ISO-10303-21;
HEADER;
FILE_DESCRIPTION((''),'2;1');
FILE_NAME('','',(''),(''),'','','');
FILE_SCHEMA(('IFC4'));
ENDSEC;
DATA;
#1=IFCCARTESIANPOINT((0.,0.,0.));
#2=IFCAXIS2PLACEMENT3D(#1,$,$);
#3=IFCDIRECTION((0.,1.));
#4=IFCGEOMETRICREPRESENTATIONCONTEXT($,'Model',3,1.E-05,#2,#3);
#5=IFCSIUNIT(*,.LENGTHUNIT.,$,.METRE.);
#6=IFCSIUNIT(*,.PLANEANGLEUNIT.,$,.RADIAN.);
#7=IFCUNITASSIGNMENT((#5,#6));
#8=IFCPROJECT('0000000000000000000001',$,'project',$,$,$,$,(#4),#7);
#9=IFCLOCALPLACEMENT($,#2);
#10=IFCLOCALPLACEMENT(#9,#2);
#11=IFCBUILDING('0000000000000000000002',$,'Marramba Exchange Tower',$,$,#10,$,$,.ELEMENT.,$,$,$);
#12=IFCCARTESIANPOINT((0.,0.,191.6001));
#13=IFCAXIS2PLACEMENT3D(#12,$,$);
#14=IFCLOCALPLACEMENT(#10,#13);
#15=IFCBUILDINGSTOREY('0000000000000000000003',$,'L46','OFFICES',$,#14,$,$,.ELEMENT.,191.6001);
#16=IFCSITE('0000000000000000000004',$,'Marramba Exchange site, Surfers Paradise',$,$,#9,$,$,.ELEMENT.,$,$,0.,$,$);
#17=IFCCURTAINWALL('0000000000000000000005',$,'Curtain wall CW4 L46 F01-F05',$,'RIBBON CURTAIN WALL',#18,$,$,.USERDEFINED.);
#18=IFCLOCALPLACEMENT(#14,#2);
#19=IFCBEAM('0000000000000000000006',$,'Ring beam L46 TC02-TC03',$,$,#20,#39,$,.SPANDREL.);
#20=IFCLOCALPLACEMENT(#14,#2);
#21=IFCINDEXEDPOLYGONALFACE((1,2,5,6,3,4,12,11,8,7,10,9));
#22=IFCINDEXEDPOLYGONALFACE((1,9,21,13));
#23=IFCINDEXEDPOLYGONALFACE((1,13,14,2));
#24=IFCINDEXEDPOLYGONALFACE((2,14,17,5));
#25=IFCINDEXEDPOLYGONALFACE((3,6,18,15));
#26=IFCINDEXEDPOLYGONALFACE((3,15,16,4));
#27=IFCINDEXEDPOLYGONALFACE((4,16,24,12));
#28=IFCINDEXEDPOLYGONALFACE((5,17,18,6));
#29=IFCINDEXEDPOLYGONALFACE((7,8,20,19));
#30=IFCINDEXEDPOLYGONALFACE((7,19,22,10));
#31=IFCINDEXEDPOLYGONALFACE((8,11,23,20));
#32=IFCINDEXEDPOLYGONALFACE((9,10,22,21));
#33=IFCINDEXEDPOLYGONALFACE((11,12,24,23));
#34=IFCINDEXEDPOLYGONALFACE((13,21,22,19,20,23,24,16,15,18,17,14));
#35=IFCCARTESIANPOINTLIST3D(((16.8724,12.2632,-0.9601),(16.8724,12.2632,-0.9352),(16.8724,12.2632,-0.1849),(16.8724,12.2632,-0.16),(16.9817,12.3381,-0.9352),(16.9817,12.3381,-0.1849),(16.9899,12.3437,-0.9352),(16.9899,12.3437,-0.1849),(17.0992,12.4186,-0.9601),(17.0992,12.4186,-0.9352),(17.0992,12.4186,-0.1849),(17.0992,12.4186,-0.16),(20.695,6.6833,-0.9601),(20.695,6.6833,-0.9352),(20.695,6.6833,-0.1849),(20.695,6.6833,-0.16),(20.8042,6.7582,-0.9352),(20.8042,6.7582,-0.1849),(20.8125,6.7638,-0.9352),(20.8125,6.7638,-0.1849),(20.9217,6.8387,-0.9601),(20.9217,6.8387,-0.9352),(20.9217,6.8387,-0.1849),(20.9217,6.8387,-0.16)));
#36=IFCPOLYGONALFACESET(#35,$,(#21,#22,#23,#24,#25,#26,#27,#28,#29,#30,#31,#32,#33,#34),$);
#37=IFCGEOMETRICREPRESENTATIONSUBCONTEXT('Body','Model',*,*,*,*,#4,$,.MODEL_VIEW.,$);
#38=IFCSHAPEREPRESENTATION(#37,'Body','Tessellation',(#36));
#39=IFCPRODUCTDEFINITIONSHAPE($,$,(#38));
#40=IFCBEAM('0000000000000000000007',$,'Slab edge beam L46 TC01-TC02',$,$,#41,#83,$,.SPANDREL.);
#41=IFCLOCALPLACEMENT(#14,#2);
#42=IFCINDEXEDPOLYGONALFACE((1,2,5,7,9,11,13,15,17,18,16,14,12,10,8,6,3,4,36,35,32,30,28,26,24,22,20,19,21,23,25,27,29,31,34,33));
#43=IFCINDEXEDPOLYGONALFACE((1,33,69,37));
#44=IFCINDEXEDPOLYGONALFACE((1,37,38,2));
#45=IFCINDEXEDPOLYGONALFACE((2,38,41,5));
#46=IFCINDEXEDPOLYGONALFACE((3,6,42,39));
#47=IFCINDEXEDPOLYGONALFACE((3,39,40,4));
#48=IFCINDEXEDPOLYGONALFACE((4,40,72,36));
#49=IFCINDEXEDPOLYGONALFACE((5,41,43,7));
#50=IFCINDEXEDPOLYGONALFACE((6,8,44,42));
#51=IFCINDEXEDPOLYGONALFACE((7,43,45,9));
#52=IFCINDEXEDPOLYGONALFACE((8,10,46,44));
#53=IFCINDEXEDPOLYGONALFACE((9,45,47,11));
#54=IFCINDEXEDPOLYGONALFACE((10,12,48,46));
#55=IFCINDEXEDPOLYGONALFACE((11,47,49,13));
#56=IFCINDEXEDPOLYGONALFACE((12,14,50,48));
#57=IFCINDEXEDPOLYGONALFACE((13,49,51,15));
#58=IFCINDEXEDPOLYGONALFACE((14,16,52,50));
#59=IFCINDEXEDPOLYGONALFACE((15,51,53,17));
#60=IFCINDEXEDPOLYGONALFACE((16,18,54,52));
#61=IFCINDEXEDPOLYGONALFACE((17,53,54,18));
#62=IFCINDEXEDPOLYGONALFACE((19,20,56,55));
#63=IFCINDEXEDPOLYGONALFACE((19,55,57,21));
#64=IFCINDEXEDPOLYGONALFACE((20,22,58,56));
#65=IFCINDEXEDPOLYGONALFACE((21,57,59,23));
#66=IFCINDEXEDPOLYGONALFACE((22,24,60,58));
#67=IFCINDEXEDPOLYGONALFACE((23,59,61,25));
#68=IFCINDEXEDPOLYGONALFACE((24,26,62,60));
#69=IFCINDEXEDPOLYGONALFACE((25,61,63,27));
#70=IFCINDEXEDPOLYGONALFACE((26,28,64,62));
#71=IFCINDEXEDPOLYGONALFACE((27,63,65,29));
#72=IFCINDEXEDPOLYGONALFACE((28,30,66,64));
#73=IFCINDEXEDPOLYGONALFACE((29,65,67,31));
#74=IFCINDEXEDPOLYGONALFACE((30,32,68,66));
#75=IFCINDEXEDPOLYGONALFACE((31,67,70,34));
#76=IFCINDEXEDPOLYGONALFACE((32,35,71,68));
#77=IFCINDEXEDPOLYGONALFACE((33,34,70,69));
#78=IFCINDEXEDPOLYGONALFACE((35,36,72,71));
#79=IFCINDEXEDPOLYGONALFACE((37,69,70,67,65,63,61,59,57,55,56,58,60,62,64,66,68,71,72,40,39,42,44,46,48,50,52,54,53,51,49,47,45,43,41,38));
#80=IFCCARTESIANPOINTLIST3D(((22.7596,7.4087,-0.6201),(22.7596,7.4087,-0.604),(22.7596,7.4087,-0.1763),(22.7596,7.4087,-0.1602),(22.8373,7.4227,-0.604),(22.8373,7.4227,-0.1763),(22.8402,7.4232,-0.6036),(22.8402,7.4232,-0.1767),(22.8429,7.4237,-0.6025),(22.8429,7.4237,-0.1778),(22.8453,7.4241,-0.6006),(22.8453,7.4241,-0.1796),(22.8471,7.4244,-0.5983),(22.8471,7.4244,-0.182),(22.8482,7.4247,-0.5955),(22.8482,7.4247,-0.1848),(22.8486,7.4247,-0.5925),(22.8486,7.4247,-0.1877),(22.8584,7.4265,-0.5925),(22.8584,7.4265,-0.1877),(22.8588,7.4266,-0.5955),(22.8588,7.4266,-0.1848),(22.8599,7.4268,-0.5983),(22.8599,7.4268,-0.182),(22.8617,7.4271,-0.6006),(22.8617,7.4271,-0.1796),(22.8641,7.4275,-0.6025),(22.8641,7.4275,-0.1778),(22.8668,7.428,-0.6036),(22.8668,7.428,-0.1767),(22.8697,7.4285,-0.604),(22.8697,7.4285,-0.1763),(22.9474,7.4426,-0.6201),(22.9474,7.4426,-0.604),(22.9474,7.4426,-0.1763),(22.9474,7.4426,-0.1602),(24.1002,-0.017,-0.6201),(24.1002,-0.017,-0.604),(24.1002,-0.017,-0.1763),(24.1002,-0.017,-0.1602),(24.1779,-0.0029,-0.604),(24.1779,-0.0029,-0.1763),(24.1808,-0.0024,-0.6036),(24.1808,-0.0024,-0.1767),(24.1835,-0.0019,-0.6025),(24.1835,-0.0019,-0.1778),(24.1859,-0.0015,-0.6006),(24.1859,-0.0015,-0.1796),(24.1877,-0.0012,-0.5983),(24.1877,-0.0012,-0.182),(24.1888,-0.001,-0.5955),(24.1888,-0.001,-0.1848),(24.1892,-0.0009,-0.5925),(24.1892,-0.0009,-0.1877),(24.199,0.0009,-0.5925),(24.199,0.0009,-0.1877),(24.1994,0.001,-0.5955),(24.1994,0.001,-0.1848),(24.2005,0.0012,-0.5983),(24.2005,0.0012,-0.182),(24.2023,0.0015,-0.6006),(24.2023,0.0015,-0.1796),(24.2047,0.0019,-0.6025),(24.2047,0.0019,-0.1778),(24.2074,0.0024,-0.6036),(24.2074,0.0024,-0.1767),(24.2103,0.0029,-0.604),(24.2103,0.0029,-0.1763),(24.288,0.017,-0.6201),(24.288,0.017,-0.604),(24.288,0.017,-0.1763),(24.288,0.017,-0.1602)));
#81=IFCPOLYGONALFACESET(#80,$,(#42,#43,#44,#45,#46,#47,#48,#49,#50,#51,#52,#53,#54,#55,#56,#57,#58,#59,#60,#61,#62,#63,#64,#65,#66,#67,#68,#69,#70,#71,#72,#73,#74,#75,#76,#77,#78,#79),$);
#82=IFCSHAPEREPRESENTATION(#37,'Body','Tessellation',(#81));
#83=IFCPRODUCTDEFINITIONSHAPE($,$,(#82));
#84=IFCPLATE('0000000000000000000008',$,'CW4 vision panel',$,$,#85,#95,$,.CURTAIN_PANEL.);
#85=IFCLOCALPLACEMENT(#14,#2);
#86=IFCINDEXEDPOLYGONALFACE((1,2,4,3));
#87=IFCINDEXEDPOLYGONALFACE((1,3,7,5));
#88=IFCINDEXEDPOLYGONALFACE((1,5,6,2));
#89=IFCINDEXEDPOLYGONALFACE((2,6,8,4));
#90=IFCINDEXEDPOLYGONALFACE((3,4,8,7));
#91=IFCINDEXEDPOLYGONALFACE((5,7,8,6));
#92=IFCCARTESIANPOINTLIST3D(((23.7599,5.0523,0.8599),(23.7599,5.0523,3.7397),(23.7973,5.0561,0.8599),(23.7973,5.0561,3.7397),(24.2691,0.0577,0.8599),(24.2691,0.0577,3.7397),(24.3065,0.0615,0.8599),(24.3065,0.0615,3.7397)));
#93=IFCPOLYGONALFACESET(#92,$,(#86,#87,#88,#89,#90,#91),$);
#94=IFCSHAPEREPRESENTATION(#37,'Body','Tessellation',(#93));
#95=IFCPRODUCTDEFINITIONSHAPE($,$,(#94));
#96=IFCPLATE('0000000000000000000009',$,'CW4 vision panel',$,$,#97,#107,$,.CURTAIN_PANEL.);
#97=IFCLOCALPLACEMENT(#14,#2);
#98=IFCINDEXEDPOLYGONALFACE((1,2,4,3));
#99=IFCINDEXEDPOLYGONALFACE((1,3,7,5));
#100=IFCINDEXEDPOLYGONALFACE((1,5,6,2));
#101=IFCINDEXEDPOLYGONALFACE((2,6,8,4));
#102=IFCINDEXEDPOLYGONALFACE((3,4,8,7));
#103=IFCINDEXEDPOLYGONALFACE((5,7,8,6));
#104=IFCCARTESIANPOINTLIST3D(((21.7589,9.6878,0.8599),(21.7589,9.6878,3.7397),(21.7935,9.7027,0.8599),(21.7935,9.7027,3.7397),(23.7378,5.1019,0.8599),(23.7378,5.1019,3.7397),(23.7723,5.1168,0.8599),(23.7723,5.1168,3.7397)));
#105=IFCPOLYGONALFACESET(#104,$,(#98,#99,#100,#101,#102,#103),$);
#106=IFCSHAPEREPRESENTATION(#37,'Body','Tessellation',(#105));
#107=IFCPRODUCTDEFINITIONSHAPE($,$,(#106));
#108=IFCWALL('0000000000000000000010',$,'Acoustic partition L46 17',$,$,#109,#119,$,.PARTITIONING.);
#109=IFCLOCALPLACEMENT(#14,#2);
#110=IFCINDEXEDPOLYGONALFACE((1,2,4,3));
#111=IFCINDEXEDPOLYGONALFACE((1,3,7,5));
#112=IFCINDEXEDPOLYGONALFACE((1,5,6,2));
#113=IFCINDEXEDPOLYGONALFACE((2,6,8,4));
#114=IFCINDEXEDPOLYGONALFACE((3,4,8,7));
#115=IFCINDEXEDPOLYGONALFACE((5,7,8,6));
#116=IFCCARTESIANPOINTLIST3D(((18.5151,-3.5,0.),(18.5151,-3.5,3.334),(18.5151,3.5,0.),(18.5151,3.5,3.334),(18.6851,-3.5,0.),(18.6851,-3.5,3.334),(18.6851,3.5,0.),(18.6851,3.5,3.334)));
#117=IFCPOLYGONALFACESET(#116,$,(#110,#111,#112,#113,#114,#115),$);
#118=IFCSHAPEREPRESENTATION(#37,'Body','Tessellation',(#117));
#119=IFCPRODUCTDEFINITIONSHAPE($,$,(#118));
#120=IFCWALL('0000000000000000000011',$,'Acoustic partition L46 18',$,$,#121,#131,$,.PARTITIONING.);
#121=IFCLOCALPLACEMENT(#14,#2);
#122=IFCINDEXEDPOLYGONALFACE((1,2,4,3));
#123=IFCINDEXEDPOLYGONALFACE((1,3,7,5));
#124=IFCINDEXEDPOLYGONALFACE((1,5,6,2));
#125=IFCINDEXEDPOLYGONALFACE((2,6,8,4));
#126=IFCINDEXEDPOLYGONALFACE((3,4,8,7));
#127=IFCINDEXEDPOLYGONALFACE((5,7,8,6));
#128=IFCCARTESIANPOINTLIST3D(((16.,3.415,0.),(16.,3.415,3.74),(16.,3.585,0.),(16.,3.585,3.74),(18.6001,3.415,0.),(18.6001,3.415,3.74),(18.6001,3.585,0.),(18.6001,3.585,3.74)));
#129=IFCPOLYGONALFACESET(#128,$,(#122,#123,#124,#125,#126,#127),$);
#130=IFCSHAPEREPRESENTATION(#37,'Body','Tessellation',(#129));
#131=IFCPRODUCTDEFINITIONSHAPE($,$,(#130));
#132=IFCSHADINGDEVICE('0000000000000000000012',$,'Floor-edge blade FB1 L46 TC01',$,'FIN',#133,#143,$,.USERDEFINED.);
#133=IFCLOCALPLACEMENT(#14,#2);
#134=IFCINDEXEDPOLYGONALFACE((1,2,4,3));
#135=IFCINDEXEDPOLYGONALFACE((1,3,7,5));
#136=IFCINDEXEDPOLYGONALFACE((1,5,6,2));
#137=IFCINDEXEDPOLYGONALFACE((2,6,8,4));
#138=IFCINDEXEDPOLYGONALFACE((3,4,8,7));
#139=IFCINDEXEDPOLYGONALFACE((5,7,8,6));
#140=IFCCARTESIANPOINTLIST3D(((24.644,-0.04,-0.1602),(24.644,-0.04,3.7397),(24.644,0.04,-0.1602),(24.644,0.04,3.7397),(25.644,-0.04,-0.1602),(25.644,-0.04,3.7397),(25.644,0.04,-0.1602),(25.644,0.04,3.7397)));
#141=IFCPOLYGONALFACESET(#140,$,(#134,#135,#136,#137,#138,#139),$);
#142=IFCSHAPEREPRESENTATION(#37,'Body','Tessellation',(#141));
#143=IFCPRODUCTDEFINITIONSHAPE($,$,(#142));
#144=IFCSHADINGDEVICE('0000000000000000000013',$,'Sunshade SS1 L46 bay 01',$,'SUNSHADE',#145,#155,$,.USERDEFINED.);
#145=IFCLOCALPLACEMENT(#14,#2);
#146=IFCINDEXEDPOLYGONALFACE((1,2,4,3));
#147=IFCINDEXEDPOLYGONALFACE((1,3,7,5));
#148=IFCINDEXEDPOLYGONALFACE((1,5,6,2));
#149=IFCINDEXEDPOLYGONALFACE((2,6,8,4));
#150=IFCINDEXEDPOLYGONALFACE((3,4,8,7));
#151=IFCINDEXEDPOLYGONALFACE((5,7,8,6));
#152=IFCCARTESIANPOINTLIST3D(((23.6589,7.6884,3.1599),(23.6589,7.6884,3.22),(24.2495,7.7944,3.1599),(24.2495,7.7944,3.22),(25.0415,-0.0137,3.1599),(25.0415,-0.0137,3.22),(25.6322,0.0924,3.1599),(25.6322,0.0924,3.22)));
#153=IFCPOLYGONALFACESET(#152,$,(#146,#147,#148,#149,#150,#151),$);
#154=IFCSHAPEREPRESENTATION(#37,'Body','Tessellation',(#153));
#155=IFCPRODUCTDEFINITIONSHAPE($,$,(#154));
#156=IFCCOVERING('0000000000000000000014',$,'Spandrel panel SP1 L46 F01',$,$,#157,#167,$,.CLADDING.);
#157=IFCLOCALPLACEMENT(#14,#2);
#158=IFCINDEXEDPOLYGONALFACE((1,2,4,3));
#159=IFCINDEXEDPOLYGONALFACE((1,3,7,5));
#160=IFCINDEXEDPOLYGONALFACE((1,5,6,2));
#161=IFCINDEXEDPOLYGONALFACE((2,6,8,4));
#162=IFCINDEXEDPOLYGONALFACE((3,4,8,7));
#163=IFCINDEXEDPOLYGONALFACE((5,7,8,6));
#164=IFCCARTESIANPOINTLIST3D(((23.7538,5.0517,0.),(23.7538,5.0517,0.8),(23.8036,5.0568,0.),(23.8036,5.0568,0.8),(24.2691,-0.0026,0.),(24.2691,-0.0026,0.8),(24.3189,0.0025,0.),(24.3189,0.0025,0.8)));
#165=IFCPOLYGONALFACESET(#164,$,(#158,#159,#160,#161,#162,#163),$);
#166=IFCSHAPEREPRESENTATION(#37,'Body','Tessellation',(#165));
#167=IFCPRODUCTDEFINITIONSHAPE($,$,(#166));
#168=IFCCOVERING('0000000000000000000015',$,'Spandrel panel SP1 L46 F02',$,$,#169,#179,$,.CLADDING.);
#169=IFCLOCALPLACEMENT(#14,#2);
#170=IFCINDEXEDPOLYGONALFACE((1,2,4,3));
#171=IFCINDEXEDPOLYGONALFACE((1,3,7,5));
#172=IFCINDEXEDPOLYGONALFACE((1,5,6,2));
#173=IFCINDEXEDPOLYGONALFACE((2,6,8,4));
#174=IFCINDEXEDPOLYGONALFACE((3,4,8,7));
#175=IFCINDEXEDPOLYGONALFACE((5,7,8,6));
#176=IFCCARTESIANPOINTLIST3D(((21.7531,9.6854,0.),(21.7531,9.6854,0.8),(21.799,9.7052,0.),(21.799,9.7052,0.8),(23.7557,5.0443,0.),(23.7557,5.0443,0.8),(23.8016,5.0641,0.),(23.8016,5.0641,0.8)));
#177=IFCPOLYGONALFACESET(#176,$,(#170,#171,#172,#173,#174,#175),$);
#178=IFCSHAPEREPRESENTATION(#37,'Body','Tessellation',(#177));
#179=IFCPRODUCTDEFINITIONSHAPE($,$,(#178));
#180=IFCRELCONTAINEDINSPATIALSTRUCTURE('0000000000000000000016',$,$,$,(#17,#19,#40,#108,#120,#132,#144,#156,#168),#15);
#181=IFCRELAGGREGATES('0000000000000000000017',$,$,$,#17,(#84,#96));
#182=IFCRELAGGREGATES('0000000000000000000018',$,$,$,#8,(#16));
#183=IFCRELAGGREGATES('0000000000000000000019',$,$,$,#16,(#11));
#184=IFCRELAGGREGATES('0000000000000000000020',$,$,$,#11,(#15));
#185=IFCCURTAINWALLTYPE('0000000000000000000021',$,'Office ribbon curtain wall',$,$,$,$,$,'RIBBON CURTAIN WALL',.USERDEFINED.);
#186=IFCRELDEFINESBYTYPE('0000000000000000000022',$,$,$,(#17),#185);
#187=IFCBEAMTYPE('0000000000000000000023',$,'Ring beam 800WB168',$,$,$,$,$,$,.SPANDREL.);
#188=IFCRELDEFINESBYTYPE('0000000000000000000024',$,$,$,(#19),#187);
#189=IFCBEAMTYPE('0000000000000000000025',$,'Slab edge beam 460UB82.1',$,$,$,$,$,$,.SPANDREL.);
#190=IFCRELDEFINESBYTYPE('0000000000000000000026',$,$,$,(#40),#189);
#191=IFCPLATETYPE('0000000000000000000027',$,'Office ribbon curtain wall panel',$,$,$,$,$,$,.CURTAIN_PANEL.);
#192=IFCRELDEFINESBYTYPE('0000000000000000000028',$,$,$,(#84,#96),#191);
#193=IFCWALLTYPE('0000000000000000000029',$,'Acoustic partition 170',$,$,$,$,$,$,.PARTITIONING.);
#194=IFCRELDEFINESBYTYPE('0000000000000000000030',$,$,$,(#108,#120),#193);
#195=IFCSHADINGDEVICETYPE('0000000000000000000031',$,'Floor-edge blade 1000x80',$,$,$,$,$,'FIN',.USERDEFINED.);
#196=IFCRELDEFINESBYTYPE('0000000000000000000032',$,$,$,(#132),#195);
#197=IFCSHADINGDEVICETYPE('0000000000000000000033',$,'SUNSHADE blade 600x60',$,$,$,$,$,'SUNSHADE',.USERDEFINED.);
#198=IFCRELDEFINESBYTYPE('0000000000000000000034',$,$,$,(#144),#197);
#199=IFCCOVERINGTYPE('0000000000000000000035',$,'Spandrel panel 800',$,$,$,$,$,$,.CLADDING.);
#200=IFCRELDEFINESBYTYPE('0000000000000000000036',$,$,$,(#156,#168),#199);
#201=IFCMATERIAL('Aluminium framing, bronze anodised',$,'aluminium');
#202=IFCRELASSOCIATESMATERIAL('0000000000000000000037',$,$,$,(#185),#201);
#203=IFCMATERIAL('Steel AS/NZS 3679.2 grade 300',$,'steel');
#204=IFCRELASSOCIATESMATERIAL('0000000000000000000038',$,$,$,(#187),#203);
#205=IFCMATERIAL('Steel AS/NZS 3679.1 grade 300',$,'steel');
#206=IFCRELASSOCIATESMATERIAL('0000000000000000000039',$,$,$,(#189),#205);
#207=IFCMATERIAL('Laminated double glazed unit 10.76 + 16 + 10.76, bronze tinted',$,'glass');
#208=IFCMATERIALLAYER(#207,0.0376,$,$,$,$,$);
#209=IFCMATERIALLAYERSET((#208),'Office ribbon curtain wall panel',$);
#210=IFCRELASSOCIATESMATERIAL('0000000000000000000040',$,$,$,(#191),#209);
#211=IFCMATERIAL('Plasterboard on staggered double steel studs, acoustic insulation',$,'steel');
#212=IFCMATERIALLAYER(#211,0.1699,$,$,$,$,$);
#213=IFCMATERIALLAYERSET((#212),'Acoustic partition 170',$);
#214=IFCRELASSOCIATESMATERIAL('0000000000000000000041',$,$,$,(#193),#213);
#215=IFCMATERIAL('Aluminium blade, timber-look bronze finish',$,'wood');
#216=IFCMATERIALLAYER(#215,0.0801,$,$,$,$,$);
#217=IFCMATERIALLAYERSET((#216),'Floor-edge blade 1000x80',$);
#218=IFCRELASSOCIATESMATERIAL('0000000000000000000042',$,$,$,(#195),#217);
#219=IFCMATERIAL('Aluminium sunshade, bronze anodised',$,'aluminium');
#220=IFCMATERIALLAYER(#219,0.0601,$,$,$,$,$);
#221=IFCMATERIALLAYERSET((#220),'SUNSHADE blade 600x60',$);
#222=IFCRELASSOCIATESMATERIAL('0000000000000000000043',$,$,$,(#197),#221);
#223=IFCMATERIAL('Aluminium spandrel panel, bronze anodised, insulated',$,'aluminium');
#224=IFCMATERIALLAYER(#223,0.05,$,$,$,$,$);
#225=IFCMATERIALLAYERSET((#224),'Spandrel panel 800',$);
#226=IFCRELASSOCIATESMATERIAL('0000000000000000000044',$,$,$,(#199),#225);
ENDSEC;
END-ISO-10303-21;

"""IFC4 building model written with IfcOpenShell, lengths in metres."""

from ifc_helpers import new_model, si_unit, direction, frame, frame_2d, origin, origin_2d, place, context, subcontext, project, spatial, rectangle, i_section, extrude, material, layer, layer_set, material_profile, profile_set, type_object, element, aggregate, save


model = new_model("IFC4")

# Units and contexts
model_context = context("Model", 3, precision=1e-05, world=origin(), true_north=direction((0.0, 1.0)))
body_context = subcontext(model_context, "Body", "Model", "MODEL_VIEW")
ifc_project = project(units=[si_unit("LENGTHUNIT", "METRE"), si_unit("PLANEANGLEUNIT", "RADIAN")], contexts=[model_context])

# Site, building, storey
site_placement = place(None, origin())
site = spatial("IfcSite", under=ifc_project, at=site_placement, Name="Marramba Exchange site, Surfers Paradise", CompositionType="ELEMENT", RefElevation=0.0)
building_placement = place(site_placement, origin())
building = spatial("IfcBuilding", under=site, at=building_placement, Name="Marramba Exchange Tower", CompositionType="ELEMENT")
storey_placement = place(building_placement, frame((0.0, 0.0, 191.6001)))
storey = spatial("IfcBuildingStorey", under=building, at=storey_placement, Name="L46", Description="OFFICES", CompositionType="ELEMENT", Elevation=191.6001)

# Shared definitions
ifc_material_1 = material(Name="Steel AS/NZS 3679.2 grade 300", Category="steel")
ifc_material_2 = material(Name="Steel AS/NZS 3679.1 grade 300", Category="steel")

# Curtain wall
ifc_material_3 = material(Name="Aluminium framing, bronze anodised", Category="aluminium")
curtain_wall_type = type_object("IfcCurtainWallType", Name="Office ribbon curtain wall", ElementType="RIBBON CURTAIN WALL", PredefinedType="USERDEFINED", material=ifc_material_3)
curtain_wall_placement = place(storey_placement, origin())
curtain_wall = element("IfcCurtainWall", 1, at=curtain_wall_placement, inside=storey, type_object=curtain_wall_type, Name="Curtain wall CW4 L46 F01-F05", ObjectType="RIBBON CURTAIN WALL", PredefinedType="USERDEFINED")

# Beams
ifc_material_profile_1 = material_profile(ifc_material_1, i_section(OverallWidth=0.2749, OverallDepth=0.8, WebThickness=0.01, FlangeThickness=0.0249, at=origin_2d()), Name="800WB168")
ifc_profile_set_1 = profile_set([ifc_material_profile_1], Name="Steel AS/NZS 3679.2 grade 300")
beam_type_1 = type_object("IfcBeamType", Name="Ring beam 800WB168", PredefinedType="SPANDREL", material=ifc_profile_set_1)
beam_1_placement = place(storey_placement, frame((20.8083, 6.761, -0.5601), z_axis=(-0.56516, 0.824981, 0.0), x_axis=(-0.824981, -0.56516, 0.0)))
element("IfcBeam", 2, at=beam_1_placement, inside=storey, type_object=beam_type_1, Name="Ring beam L46 TC02-TC03", PredefinedType="SPANDREL", context=body_context, shape_type="SweptSolid", body=[
    extrude(i_section(OverallWidth=0.2749, OverallDepth=0.8, WebThickness=0.01, FlangeThickness=0.0249, at=origin_2d()), origin(), (0.0, 0.0, 1.0), 6.7637),
])
ifc_material_profile_2 = material_profile(ifc_material_2, i_section(OverallWidth=0.1909, OverallDepth=0.46, WebThickness=0.01, FlangeThickness=0.0161, FilletRadius=0.0115, at=origin_2d()), Name="460UB82.1")
ifc_profile_set_2 = profile_set([ifc_material_profile_2], Name="Steel AS/NZS 3679.1 grade 300")
beam_type_2 = type_object("IfcBeamType", Name="Slab edge beam 460UB82.1", PredefinedType="SPANDREL", material=ifc_profile_set_2)
beam_2_placement = place(storey_placement, frame((24.1941, 0.0, -0.3901), z_axis=(-0.177664, 0.984091, 0.0), x_axis=(-0.984091, -0.177664, 0.0)))
element("IfcBeam", 3, at=beam_2_placement, inside=storey, type_object=beam_type_2, Name="Slab edge beam L46 TC01-TC02", PredefinedType="SPANDREL", context=body_context, shape_type="SweptSolid", body=[
    extrude(i_section(OverallWidth=0.1909, OverallDepth=0.46, WebThickness=0.01, FlangeThickness=0.0161, FilletRadius=0.0115, at=origin_2d()), origin(), (0.0, 0.0, 1.0), 7.5457),
])

# Plates
ifc_material_4 = material(Name="Laminated double glazed unit 10.76 + 16 + 10.76, bronze tinted", Category="glass")
ifc_layer_1 = layer(ifc_material_4, 0.0376)
ifc_layer_set_1 = layer_set([ifc_layer_1], Name="Office ribbon curtain wall panel")
plate_type = type_object("IfcPlateType", Name="Office ribbon curtain wall panel", PredefinedType="CURTAIN_PANEL", material=ifc_layer_set_1)
plate_1_placement = place(storey_placement, frame((24.0332, 2.5569, 0.8599), z_axis=(0.0, 0.0, 1.0), x_axis=(-0.101422, 0.994843, 0.0)))
plate_1 = element("IfcPlate", 4, at=plate_1_placement, type_object=plate_type, Name="CW4 vision panel", PredefinedType="CURTAIN_PANEL", context=body_context, shape_type="SweptSolid", body=[
    extrude(rectangle(XDim=5.0205, YDim=0.0376, at=origin_2d()), origin(), (0.0, 0.0, 1.0), 2.8799),
])
plate_2_placement = place(storey_placement, frame((22.7656, 7.4023, 0.8599), z_axis=(0.0, 0.0, 1.0), x_axis=(-0.396193, 0.918167, 0.0)))
plate_2 = element("IfcPlate", 5, at=plate_2_placement, type_object=plate_type, Name="CW4 vision panel", PredefinedType="CURTAIN_PANEL", context=body_context, shape_type="SweptSolid", body=[
    extrude(rectangle(XDim=4.9946, YDim=0.0376, at=origin_2d()), origin(), (0.0, 0.0, 1.0), 2.8799),
])
aggregate(curtain_wall, [plate_1, plate_2])

# Walls
ifc_material_5 = material(Name="Plasterboard on staggered double steel studs, acoustic insulation", Category="steel")
ifc_layer_2 = layer(ifc_material_5, 0.1699)
ifc_layer_set_2 = layer_set([ifc_layer_2], Name="Acoustic partition 170")
wall_type = type_object("IfcWallType", Name="Acoustic partition 170", PredefinedType="PARTITIONING", material=ifc_layer_set_2)
wall_1_placement = place(storey_placement, frame((18.6001, 3.5, 0.0), z_axis=(0.0, 0.0, 1.0), x_axis=(0.0, -1.0, 0.0)))
element("IfcWall", 6, at=wall_1_placement, inside=storey, type_object=wall_type, Name="Acoustic partition L46 17", PredefinedType="PARTITIONING", context=body_context, shape_type="SweptSolid", body=[
    extrude(rectangle(XDim=7.0, YDim=0.1699, at=frame_2d((3.5, 0.0))), origin(), (0.0, 0.0, 1.0), 3.334),
])
wall_2_placement = place(storey_placement, frame((16.0, 3.5, 0.0), z_axis=(0.0, 0.0, 1.0), x_axis=(1.0, 0.0, 0.0)))
element("IfcWall", 7, at=wall_2_placement, inside=storey, type_object=wall_type, Name="Acoustic partition L46 18", PredefinedType="PARTITIONING", context=body_context, shape_type="SweptSolid", body=[
    extrude(rectangle(XDim=2.6001, YDim=0.1699, at=frame_2d((1.3, 0.0))), origin(), (0.0, 0.0, 1.0), 3.74),
])

# Shading devices
ifc_material_6 = material(Name="Aluminium blade, timber-look bronze finish", Category="wood")
ifc_layer_3 = layer(ifc_material_6, 0.0801)
ifc_layer_set_3 = layer_set([ifc_layer_3], Name="Floor-edge blade 1000x80")
shading_device_type_1 = type_object("IfcShadingDeviceType", Name="Floor-edge blade 1000x80", ElementType="FIN", PredefinedType="USERDEFINED", material=ifc_layer_set_3)
shading_device_1_placement = place(storey_placement, frame((25.144, 0.0, -0.1602), z_axis=(0.0, 0.0, 1.0), x_axis=(1.0, 0.0, 0.0)))
element("IfcShadingDevice", 8, at=shading_device_1_placement, inside=storey, type_object=shading_device_type_1, Name="Floor-edge blade FB1 L46 TC01", ObjectType="FIN", PredefinedType="USERDEFINED", context=body_context, shape_type="SweptSolid", body=[
    extrude(rectangle(XDim=1.0, YDim=0.0801, at=origin_2d()), origin(), (0.0, 0.0, 1.0), 3.8999),
])
ifc_material_7 = material(Name="Aluminium sunshade, bronze anodised", Category="aluminium")
ifc_layer_4 = layer(ifc_material_7, 0.0601)
ifc_layer_set_4 = layer_set([ifc_layer_4], Name="SUNSHADE blade 600x60")
shading_device_type_2 = type_object("IfcShadingDeviceType", Name="SUNSHADE blade 600x60", ElementType="SUNSHADE", PredefinedType="USERDEFINED", material=ifc_layer_set_4)
shading_device_2_placement = place(storey_placement, frame((24.6455, 3.8904, 3.1599), z_axis=(0.0, 0.0, 1.0), x_axis=(-0.176691, 0.984266, 0.0)))
element("IfcShadingDevice", 9, at=shading_device_2_placement, inside=storey, type_object=shading_device_type_2, Name="Sunshade SS1 L46 bay 01", ObjectType="SUNSHADE", PredefinedType="USERDEFINED", context=body_context, shape_type="SweptSolid", body=[
    extrude(rectangle(XDim=7.8252, YDim=0.6001, at=origin_2d()), origin(), (0.0, 0.0, 1.0), 0.0601),
])

# Coverings
ifc_material_8 = material(Name="Aluminium spandrel panel, bronze anodised, insulated", Category="aluminium")
ifc_layer_5 = layer(ifc_material_8, 0.05)
ifc_layer_set_5 = layer_set([ifc_layer_5], Name="Spandrel panel 800")
covering_type = type_object("IfcCoveringType", Name="Spandrel panel 800", PredefinedType="CLADDING", material=ifc_layer_set_5)
covering_1_placement = place(storey_placement, frame((24.0364, 2.5271, 0.0), z_axis=(0.0, 0.0, 1.0), x_axis=(-0.101422, 0.994843, 0.0)))
element("IfcCovering", 10, at=covering_1_placement, inside=storey, type_object=covering_type, Name="Spandrel panel SP1 L46 F01", PredefinedType="CLADDING", context=body_context, shape_type="SweptSolid", body=[
    extrude(rectangle(XDim=5.0806, YDim=0.05, at=origin_2d()), origin(), (0.0, 0.0, 1.0), 0.8),
])
covering_2_placement = place(storey_placement, frame((22.7773, 7.3748, 0.0), z_axis=(0.0, 0.0, 1.0), x_axis=(-0.396193, 0.918167, 0.0)))
element("IfcCovering", 11, at=covering_2_placement, inside=storey, type_object=covering_type, Name="Spandrel panel SP1 L46 F02", PredefinedType="CLADDING", context=body_context, shape_type="SweptSolid", body=[
    extrude(rectangle(XDim=5.0547, YDim=0.05, at=origin_2d()), origin(), (0.0, 0.0, 1.0), 0.8),
])

save(model, "model.ifc")
